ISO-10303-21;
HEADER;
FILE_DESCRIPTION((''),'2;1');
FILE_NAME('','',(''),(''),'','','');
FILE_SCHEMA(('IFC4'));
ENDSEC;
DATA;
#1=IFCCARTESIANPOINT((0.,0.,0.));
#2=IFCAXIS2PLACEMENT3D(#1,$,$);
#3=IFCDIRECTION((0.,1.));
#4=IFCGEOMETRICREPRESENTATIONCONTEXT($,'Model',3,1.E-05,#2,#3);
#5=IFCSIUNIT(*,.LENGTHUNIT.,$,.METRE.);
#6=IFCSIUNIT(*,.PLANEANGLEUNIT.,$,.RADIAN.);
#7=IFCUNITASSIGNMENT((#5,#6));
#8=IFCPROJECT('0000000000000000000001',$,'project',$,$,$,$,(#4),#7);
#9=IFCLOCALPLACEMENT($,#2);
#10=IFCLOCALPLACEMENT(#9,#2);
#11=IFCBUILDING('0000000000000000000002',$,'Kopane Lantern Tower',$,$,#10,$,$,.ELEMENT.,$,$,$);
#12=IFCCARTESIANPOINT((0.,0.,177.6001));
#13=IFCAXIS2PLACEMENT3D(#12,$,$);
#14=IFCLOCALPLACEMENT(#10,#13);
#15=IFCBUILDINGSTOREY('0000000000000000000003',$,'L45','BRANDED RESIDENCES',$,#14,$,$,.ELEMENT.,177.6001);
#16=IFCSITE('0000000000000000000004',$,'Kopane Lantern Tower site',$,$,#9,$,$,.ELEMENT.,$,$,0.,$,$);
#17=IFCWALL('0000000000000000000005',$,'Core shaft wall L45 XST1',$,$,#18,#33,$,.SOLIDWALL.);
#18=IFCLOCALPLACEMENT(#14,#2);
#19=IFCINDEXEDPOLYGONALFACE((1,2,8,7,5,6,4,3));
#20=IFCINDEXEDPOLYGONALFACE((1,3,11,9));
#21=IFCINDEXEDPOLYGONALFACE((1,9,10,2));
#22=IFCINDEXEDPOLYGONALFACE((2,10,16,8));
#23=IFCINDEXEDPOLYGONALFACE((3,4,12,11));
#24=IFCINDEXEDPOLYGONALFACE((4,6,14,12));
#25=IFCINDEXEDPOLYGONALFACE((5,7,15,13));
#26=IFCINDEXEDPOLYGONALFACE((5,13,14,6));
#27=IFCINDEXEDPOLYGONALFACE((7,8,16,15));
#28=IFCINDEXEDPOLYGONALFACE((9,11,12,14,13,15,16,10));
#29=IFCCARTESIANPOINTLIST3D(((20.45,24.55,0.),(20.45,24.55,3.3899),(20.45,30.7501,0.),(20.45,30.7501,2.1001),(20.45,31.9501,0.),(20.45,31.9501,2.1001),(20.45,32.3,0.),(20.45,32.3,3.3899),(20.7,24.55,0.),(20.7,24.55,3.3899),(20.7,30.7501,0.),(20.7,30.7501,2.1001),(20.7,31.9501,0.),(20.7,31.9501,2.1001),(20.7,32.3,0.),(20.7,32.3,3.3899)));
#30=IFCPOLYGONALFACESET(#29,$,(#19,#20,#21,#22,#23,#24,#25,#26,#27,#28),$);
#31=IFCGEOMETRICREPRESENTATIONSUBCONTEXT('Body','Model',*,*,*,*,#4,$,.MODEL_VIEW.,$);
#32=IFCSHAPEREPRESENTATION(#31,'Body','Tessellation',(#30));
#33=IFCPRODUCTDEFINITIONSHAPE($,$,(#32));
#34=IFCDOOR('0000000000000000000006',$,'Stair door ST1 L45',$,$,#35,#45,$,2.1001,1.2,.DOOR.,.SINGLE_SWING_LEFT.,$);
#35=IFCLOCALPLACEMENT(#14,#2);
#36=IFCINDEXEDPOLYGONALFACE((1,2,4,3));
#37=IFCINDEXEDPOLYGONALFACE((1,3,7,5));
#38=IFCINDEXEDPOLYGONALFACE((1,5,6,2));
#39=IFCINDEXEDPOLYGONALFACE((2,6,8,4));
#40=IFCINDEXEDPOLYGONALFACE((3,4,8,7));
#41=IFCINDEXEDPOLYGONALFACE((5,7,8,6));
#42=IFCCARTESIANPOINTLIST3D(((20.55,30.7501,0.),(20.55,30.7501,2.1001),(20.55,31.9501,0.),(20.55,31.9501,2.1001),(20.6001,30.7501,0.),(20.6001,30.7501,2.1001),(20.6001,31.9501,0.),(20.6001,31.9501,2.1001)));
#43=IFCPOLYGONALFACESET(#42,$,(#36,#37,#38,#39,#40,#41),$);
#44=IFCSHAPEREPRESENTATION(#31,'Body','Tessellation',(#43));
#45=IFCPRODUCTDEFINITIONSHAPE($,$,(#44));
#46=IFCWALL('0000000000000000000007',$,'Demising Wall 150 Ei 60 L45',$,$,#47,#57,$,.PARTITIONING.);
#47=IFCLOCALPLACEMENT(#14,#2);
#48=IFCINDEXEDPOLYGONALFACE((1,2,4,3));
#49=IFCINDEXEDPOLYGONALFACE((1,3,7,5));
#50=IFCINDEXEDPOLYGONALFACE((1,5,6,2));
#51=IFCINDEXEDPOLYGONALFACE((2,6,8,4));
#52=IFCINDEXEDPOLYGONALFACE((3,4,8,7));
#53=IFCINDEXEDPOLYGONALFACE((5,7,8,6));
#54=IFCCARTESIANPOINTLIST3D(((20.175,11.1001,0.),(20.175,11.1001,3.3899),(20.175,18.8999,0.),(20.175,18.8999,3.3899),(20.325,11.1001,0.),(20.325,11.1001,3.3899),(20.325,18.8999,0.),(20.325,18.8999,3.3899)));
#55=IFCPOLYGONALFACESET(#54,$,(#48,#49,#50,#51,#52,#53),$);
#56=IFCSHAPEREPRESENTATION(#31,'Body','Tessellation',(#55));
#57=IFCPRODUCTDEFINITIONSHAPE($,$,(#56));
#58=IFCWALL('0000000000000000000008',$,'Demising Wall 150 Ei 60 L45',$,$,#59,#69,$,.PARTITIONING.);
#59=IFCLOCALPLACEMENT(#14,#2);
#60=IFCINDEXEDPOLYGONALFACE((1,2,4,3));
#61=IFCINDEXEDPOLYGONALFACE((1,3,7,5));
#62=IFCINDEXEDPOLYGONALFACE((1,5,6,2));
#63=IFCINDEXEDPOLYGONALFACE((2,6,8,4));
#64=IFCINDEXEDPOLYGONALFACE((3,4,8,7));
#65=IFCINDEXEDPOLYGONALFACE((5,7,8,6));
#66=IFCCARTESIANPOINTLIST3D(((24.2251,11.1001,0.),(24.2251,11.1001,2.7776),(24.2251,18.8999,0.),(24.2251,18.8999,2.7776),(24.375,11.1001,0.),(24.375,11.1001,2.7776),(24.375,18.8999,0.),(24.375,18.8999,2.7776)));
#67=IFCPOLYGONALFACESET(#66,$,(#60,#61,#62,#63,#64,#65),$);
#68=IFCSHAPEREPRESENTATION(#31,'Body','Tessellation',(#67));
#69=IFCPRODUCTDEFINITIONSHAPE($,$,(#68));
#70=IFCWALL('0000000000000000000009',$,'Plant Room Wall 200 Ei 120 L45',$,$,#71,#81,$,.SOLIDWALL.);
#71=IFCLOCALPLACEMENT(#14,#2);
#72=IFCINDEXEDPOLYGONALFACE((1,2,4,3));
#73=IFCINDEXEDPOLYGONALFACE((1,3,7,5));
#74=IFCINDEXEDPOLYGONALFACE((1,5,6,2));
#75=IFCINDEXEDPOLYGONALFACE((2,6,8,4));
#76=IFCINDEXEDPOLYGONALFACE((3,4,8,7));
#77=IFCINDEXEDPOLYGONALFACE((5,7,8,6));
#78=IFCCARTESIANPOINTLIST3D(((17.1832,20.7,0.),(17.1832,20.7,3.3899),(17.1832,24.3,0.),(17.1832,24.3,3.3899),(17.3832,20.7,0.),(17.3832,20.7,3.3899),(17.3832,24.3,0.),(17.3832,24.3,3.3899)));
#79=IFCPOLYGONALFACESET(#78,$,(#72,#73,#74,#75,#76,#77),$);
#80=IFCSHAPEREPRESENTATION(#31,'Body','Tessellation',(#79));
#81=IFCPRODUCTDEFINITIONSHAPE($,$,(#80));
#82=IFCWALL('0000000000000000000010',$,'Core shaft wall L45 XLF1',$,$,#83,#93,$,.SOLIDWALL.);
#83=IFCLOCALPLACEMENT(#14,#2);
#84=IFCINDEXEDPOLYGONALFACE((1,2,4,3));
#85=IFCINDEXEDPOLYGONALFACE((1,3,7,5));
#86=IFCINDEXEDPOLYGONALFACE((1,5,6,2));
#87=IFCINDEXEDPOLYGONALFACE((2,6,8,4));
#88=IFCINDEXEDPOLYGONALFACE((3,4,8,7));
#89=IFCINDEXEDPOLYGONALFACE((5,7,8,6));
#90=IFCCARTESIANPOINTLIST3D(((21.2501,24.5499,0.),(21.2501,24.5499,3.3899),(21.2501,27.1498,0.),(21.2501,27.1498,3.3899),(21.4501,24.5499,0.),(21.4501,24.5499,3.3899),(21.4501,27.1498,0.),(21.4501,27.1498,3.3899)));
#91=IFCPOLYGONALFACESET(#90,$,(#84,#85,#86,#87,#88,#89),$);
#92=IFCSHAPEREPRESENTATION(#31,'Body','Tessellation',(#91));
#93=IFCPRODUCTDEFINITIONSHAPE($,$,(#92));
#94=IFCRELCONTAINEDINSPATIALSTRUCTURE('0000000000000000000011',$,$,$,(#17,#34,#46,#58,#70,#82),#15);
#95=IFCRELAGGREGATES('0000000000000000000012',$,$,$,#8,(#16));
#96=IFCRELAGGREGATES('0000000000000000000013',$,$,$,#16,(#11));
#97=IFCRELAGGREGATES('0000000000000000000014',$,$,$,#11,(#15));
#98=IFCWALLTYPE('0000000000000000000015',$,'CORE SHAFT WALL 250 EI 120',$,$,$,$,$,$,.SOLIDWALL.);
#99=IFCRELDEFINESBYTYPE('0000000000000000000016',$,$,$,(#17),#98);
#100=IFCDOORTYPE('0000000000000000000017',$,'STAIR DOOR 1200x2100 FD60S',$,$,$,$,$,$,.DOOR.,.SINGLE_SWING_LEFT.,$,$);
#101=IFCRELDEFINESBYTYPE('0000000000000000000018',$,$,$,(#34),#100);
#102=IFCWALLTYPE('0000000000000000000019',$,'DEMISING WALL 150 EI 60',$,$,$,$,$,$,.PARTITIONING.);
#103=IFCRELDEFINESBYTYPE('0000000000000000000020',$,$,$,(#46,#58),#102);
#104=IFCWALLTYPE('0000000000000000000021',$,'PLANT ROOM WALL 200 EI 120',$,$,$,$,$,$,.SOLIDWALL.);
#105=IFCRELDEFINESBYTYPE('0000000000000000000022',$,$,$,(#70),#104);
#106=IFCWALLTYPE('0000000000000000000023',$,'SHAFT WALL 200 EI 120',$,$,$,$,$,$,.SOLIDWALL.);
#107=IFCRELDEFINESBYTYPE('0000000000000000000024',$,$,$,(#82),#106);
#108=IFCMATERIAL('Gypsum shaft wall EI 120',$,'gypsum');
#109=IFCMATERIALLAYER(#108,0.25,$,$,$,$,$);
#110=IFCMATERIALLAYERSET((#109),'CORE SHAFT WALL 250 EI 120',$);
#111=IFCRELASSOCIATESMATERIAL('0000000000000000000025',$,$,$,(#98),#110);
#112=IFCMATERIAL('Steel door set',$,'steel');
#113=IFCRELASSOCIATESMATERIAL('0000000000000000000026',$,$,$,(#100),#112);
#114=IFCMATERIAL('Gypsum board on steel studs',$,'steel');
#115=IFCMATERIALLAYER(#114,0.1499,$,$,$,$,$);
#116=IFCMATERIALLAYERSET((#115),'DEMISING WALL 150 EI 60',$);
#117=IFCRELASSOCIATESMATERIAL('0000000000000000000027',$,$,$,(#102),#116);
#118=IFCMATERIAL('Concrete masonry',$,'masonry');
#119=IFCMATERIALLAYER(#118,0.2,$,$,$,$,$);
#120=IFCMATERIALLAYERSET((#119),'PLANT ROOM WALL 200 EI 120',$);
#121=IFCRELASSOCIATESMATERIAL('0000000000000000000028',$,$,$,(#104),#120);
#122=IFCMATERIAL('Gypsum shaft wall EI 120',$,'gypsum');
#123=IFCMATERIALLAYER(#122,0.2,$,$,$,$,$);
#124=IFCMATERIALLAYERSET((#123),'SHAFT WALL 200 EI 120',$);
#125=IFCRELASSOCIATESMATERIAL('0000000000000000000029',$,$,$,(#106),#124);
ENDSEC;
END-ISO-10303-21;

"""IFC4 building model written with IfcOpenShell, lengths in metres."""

from ifc_helpers import new_model, si_unit, direction, frame, frame_2d, origin, place, context, subcontext, project, spatial, rectangle, extrude, material, layer, layer_set, type_object, element, fill, save


model = new_model("IFC4")

# Units and contexts
model_context = context("Model", 3, precision=1e-05, world=origin(), true_north=direction((0.0, 1.0)))
body_context = subcontext(model_context, "Body", "Model", "MODEL_VIEW")
ifc_project = project(units=[si_unit("LENGTHUNIT", "METRE"), si_unit("PLANEANGLEUNIT", "RADIAN")], contexts=[model_context])

# Site, building, storey
site_placement = place(None, origin())
site = spatial("IfcSite", under=ifc_project, at=site_placement, Name="Kopane Lantern Tower site", CompositionType="ELEMENT", RefElevation=0.0)
building_placement = place(site_placement, origin())
building = spatial("IfcBuilding", under=site, at=building_placement, Name="Kopane Lantern Tower", CompositionType="ELEMENT")
storey_placement = place(building_placement, frame((0.0, 0.0, 177.6001)))
storey = spatial("IfcBuildingStorey", under=building, at=storey_placement, Name="L45", Description="BRANDED RESIDENCES", CompositionType="ELEMENT", Elevation=177.6001)

# Wall, opening, door
ifc_material_1 = material(Name="Gypsum shaft wall EI 120", Category="gypsum")
ifc_layer_1 = layer(ifc_material_1, 0.25)
ifc_layer_set_1 = layer_set([ifc_layer_1], Name="CORE SHAFT WALL 250 EI 120")
wall_type_1 = type_object("IfcWallType", Name="CORE SHAFT WALL 250 EI 120", PredefinedType="SOLIDWALL", material=ifc_layer_set_1)
wall_1_placement = place(storey_placement, frame((20.575, 24.55, 0.0), z_axis=(0.0, 0.0, 1.0), x_axis=(0.0, 1.0, 0.0)))
wall_1 = element("IfcWall", 1, at=wall_1_placement, inside=storey, type_object=wall_type_1, Name="Core shaft wall L45 XST1", PredefinedType="SOLIDWALL", context=body_context, shape_type="SweptSolid", body=[
    extrude(rectangle(XDim=7.75, YDim=0.25, at=frame_2d((3.875, 0.0))), origin(), (0.0, 0.0, 1.0), 3.3899),
])
opening_1_placement = place(wall_1_placement, frame((6.2, 0.0, 0.0)))
opening_1 = element("IfcOpeningElement", 2, at=opening_1_placement, cuts=wall_1, PredefinedType="OPENING", context=body_context, shape_type="SweptSolid", body=[
    extrude(rectangle(XDim=1.2, YDim=2.1001, at=frame_2d((0.6001, 1.05))), frame((0.0, 0.135, 0.0), z_axis=(0.0, -1.0, 0.0), x_axis=(1.0, 0.0, 0.0)), (0.0, 0.0, 1.0), 0.27),
])
ifc_material_2 = material(Name="Steel door set", Category="steel")
door_type_1 = type_object("IfcDoorType", Name="STAIR DOOR 1200x2100 FD60S", OperationType="SINGLE_SWING_LEFT", PredefinedType="DOOR", material=ifc_material_2)
door_1_placement = place(opening_1_placement, origin())
door_1 = element("IfcDoor", 3, at=door_1_placement, inside=storey, type_object=door_type_1, Name="Stair door ST1 L45", OperationType="SINGLE_SWING_LEFT", OverallHeight=2.1001, OverallWidth=1.2, PredefinedType="DOOR", context=body_context, shape_type="SweptSolid", body=[
    extrude(rectangle(XDim=1.2, YDim=2.1001, at=frame_2d((0.6001, 1.05))), frame((0.0, 0.0249, 0.0), z_axis=(0.0, -1.0, 0.0), x_axis=(1.0, 0.0, 0.0)), (0.0, 0.0, 1.0), 0.05),
])
fill(opening_1, door_1)

# Walls
ifc_material_3 = material(Name="Gypsum board on steel studs", Category="steel")
ifc_layer_2 = layer(ifc_material_3, 0.1499)
ifc_layer_set_2 = layer_set([ifc_layer_2], Name="DEMISING WALL 150 EI 60")
wall_type_2 = type_object("IfcWallType", Name="DEMISING WALL 150 EI 60", PredefinedType="PARTITIONING", material=ifc_layer_set_2)
wall_2_placement = place(storey_placement, frame((20.25, 18.8999, 0.0), z_axis=(0.0, 0.0, 1.0), x_axis=(0.0, -1.0, 0.0)))
element("IfcWall", 4, at=wall_2_placement, inside=storey, type_object=wall_type_2, Name="Demising Wall 150 Ei 60 L45", PredefinedType="PARTITIONING", context=body_context, shape_type="SweptSolid", body=[
    extrude(rectangle(XDim=7.7998, YDim=0.1499, at=frame_2d((3.8999, 0.0))), origin(), (0.0, 0.0, 1.0), 3.3899),
])
wall_3_placement = place(storey_placement, frame((24.3, 18.8999, 0.0), z_axis=(0.0, 0.0, 1.0), x_axis=(0.0, -1.0, 0.0)))
element("IfcWall", 5, at=wall_3_placement, inside=storey, type_object=wall_type_2, Name="Demising Wall 150 Ei 60 L45", PredefinedType="PARTITIONING", context=body_context, shape_type="SweptSolid", body=[
    extrude(rectangle(XDim=7.7998, YDim=0.1499, at=frame_2d((3.8999, 0.0))), origin(), (0.0, 0.0, 1.0), 2.7776),
])
ifc_material_4 = material(Name="Concrete masonry", Category="masonry")
ifc_layer_3 = layer(ifc_material_4, 0.2)
ifc_layer_set_3 = layer_set([ifc_layer_3], Name="PLANT ROOM WALL 200 EI 120")
wall_type_3 = type_object("IfcWallType", Name="PLANT ROOM WALL 200 EI 120", PredefinedType="SOLIDWALL", material=ifc_layer_set_3)
wall_4_placement = place(storey_placement, frame((17.2832, 20.7, 0.0), z_axis=(0.0, 0.0, 1.0), x_axis=(0.0, 1.0, 0.0)))
element("IfcWall", 6, at=wall_4_placement, inside=storey, type_object=wall_type_3, Name="Plant Room Wall 200 Ei 120 L45", PredefinedType="SOLIDWALL", context=body_context, shape_type="SweptSolid", body=[
    extrude(rectangle(XDim=3.6001, YDim=0.2, at=frame_2d((1.8, 0.0))), origin(), (0.0, 0.0, 1.0), 3.3899),
])
ifc_material_5 = material(Name="Gypsum shaft wall EI 120", Category="gypsum")
ifc_layer_4 = layer(ifc_material_5, 0.2)
ifc_layer_set_4 = layer_set([ifc_layer_4], Name="SHAFT WALL 200 EI 120")
wall_type_4 = type_object("IfcWallType", Name="SHAFT WALL 200 EI 120", PredefinedType="SOLIDWALL", material=ifc_layer_set_4)
wall_5_placement = place(storey_placement, frame((21.3501, 24.55, 0.0), z_axis=(0.0, 0.0, 1.0), x_axis=(0.0, 1.0, 0.0)))
element("IfcWall", 7, at=wall_5_placement, inside=storey, type_object=wall_type_4, Name="Core shaft wall L45 XLF1", PredefinedType="SOLIDWALL", context=body_context, shape_type="SweptSolid", body=[
    extrude(rectangle(XDim=2.5999, YDim=0.2, at=frame_2d((1.2998, 0.0))), origin(), (0.0, 0.0, 1.0), 3.3899),
])

save(model, "model.ifc")
